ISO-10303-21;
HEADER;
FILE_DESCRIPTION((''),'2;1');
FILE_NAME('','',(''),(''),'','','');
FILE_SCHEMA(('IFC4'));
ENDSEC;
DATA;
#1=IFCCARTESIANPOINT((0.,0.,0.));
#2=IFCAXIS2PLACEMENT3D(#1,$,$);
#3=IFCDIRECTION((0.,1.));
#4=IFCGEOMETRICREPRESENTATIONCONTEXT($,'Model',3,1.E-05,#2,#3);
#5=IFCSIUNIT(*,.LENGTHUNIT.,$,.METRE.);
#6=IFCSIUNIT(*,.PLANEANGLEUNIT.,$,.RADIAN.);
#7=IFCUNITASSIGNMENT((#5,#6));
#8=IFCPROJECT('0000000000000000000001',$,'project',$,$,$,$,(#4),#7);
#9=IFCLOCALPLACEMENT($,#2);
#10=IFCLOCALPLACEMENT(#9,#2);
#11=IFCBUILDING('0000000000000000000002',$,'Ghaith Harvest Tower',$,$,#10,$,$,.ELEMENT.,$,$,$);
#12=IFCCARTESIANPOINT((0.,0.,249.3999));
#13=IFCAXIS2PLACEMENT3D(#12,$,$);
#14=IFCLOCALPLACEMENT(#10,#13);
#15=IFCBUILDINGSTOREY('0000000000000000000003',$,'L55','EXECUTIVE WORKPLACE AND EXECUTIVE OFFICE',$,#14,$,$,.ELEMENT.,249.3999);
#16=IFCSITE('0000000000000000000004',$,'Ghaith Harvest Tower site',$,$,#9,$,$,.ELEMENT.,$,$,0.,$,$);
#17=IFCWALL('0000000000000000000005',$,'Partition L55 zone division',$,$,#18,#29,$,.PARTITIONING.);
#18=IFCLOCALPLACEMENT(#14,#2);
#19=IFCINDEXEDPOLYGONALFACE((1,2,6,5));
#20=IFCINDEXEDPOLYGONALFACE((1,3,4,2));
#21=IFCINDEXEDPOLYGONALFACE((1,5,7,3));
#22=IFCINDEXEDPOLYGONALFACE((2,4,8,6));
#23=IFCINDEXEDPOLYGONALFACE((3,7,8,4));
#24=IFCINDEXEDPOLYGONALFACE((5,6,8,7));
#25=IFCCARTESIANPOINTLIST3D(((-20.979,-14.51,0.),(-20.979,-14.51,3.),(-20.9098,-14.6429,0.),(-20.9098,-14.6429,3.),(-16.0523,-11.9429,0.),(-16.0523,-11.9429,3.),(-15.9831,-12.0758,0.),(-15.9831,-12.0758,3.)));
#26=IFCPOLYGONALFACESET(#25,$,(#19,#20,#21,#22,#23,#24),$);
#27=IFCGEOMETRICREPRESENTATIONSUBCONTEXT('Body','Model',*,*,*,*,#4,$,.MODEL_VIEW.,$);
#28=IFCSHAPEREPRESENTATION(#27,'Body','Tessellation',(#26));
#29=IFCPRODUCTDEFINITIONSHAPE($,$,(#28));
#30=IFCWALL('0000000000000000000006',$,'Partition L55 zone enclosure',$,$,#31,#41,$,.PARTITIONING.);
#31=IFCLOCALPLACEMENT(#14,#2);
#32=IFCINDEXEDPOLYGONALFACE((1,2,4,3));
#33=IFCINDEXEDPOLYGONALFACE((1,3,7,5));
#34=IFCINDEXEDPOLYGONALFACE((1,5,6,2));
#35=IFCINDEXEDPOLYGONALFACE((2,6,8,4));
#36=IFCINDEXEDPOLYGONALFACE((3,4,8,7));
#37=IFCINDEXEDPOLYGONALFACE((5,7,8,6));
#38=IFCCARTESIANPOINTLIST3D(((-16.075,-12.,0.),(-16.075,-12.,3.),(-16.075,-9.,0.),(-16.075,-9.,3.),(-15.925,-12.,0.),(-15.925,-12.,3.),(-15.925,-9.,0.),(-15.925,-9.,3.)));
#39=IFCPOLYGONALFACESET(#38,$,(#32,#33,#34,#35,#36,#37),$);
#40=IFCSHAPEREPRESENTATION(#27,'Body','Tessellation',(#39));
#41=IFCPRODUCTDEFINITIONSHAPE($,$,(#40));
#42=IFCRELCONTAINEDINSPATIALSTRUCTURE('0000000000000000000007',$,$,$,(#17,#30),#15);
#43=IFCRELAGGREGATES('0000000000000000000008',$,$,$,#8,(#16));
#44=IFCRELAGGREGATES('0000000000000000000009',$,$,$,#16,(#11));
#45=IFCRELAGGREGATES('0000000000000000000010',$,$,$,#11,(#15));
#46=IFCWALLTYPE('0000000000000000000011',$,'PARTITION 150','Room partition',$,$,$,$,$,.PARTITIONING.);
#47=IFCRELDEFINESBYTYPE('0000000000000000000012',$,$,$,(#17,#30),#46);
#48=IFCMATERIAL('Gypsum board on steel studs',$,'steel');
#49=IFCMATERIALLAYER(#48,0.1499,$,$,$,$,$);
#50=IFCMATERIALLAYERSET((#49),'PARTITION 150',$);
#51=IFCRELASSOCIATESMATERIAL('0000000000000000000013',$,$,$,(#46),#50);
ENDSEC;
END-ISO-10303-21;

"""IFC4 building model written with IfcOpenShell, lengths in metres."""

from ifc_helpers import new_model, si_unit, direction, frame, frame_2d, origin, place, context, subcontext, project, spatial, rectangle, extrude, material, layer, layer_set, type_object, element, save


model = new_model("IFC4")

# Units and contexts
model_context = context("Model", 3, precision=1e-05, world=origin(), true_north=direction((0.0, 1.0)))
body_context = subcontext(model_context, "Body", "Model", "MODEL_VIEW")
ifc_project = project(units=[si_unit("LENGTHUNIT", "METRE"), si_unit("PLANEANGLEUNIT", "RADIAN")], contexts=[model_context])

# Site, building, storey
site_placement = place(None, origin())
site = spatial("IfcSite", under=ifc_project, at=site_placement, Name="Ghaith Harvest Tower site", CompositionType="ELEMENT", RefElevation=0.0)
building_placement = place(site_placement, origin())
building = spatial("IfcBuilding", under=site, at=building_placement, Name="Ghaith Harvest Tower", CompositionType="ELEMENT")
storey_placement = place(building_placement, frame((0.0, 0.0, 249.3999)))
storey = spatial("IfcBuildingStorey", under=building, at=storey_placement, Name="L55", Description="EXECUTIVE WORKPLACE AND EXECUTIVE OFFICE", CompositionType="ELEMENT", Elevation=249.3999)

# Shared definitions
ifc_material_1 = material(Name="Gypsum board on steel studs", Category="steel")
ifc_layer_1 = layer(ifc_material_1, 0.1499)
ifc_layer_set_1 = layer_set([ifc_layer_1], Name="PARTITION 150")
wall_type_1 = type_object("IfcWallType", Name="PARTITION 150", Description="Room partition", PredefinedType="PARTITIONING", material=ifc_layer_set_1)

# Walls
wall_1_placement = place(storey_placement, frame((-16.0176, -12.0093, 0.0), z_axis=(0.0, 0.0, 1.0), x_axis=(-0.886832, -0.462093, 0.0)))
element("IfcWall", 1, at=wall_1_placement, inside=storey, type_object=wall_type_1, Name="Partition L55 zone division", PredefinedType="PARTITIONING", context=body_context, shape_type="SweptSolid", body=[
    extrude(rectangle(XDim=5.5554, YDim=0.1499, at=frame_2d((2.7778, 0.0))), origin(), (0.0, 0.0, 1.0), 3.0),
])
wall_2_placement = place(storey_placement, frame((-16.0, -9.0, 0.0), z_axis=(0.0, 0.0, 1.0), x_axis=(0.0, -1.0, 0.0)))
element("IfcWall", 2, at=wall_2_placement, inside=storey, type_object=wall_type_1, Name="Partition L55 zone enclosure", PredefinedType="PARTITIONING", context=body_context, shape_type="SweptSolid", body=[
    extrude(rectangle(XDim=3.0, YDim=0.1499, at=frame_2d((1.5, 0.0))), origin(), (0.0, 0.0, 1.0), 3.0),
])

save(model, "model.ifc")
